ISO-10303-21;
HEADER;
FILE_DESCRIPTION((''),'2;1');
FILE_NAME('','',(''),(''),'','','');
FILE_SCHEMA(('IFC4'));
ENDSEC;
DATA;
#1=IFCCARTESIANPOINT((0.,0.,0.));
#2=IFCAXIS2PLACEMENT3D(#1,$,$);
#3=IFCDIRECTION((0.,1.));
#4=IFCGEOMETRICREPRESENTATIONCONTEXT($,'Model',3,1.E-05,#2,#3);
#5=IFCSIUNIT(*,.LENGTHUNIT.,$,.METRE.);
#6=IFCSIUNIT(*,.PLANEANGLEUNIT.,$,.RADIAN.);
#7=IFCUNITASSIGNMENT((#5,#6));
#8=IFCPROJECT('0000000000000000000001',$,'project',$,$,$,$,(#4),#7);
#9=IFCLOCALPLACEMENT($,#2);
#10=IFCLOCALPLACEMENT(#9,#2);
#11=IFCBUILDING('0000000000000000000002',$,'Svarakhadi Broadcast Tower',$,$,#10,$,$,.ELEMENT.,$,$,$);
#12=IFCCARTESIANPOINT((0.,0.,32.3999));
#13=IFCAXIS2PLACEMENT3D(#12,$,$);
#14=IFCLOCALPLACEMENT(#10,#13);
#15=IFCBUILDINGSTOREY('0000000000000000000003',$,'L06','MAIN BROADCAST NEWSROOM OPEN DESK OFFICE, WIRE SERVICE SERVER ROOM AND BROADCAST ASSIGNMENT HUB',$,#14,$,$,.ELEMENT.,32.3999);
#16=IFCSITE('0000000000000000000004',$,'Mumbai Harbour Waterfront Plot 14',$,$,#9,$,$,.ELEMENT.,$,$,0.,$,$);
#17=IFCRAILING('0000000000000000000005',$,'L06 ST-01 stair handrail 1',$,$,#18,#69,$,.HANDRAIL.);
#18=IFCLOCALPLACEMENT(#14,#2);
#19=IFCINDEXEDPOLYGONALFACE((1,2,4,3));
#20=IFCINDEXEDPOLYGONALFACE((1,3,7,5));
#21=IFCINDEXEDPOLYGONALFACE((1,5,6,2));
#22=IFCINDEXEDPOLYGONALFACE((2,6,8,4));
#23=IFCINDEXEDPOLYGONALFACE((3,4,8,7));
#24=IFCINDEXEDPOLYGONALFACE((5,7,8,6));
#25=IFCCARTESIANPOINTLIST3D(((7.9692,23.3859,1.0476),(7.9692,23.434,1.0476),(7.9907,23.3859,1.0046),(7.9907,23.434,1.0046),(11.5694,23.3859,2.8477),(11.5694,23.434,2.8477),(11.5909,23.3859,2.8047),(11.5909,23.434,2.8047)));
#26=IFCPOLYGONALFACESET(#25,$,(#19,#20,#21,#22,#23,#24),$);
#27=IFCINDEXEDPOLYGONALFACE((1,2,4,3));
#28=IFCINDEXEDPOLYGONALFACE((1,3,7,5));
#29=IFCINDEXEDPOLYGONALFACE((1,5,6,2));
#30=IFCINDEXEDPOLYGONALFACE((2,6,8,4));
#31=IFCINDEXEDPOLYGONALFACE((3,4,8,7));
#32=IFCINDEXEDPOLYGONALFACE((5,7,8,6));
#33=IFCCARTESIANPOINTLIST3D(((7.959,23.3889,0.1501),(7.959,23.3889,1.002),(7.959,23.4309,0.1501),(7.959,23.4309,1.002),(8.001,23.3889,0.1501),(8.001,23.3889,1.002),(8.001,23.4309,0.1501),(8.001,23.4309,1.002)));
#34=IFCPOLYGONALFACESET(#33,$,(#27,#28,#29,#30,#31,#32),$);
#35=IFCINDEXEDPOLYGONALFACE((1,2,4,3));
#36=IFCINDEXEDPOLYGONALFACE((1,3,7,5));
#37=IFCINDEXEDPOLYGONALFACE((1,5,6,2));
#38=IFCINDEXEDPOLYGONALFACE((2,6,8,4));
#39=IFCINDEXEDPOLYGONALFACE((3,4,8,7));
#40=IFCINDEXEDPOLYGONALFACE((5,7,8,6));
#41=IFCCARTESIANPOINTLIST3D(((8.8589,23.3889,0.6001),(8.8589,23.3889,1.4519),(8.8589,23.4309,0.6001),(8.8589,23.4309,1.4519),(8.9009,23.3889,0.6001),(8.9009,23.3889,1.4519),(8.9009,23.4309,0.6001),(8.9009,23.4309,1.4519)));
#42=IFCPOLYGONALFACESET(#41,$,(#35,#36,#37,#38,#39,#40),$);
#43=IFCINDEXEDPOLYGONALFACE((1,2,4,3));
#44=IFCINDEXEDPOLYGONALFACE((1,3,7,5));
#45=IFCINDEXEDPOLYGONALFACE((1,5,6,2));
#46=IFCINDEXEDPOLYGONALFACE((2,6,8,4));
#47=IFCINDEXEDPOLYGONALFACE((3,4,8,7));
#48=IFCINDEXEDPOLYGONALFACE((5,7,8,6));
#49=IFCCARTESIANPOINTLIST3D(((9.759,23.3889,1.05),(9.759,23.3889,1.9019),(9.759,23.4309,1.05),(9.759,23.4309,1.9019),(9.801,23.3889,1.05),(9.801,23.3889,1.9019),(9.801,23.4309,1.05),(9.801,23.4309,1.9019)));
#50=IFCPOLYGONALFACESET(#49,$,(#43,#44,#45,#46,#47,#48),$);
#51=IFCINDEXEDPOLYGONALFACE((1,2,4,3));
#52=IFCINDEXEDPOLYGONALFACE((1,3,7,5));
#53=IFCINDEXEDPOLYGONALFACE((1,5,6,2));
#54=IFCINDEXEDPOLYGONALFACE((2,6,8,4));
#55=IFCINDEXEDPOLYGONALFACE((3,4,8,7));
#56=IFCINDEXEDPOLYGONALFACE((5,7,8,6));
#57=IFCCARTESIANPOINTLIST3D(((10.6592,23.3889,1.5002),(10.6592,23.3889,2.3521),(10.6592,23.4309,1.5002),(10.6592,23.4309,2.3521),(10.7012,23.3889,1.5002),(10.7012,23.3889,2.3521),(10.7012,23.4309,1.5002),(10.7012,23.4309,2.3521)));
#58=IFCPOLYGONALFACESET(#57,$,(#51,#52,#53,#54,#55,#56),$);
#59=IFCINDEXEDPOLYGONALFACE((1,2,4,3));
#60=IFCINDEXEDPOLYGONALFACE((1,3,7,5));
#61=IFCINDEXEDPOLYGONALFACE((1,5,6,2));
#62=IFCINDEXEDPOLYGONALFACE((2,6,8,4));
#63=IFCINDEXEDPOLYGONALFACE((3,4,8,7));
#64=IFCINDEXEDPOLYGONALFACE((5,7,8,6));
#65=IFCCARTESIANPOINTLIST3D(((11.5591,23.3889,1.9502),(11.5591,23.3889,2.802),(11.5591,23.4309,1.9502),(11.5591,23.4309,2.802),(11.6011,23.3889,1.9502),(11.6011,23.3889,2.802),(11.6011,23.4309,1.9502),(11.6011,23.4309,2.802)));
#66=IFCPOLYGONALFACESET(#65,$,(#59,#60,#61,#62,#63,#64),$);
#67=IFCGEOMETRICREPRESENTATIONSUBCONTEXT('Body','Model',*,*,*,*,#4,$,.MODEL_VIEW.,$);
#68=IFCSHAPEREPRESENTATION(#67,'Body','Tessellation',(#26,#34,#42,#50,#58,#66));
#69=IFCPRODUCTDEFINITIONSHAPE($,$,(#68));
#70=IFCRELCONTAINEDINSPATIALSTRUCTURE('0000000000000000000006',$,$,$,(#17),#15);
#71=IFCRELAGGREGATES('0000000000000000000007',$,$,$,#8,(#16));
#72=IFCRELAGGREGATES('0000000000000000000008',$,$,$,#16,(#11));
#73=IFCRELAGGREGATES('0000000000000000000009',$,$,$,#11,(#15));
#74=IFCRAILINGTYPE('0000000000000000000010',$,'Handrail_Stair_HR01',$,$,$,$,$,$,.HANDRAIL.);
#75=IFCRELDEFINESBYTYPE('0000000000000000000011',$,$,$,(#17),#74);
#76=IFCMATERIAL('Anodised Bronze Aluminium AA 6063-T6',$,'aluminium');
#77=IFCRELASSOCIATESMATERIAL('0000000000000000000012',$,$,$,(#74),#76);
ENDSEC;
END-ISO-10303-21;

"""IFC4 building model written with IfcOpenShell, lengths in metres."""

from ifc_helpers import new_model, si_unit, direction, frame, origin, origin_2d, place, context, subcontext, project, spatial, rectangle, extrude, material, type_object, element, save


model = new_model("IFC4")

# Units and contexts
model_context = context("Model", 3, precision=1e-05, world=origin(), true_north=direction((0.0, 1.0)))
body_context = subcontext(model_context, "Body", "Model", "MODEL_VIEW")
ifc_project = project(units=[si_unit("LENGTHUNIT", "METRE"), si_unit("PLANEANGLEUNIT", "RADIAN")], contexts=[model_context])

# Site, building, storey
site_placement = place(None, origin())
site = spatial("IfcSite", under=ifc_project, at=site_placement, Name="Mumbai Harbour Waterfront Plot 14", CompositionType="ELEMENT", RefElevation=0.0)
building_placement = place(site_placement, origin())
building = spatial("IfcBuilding", under=site, at=building_placement, Name="Svarakhadi Broadcast Tower", CompositionType="ELEMENT")
storey_placement = place(building_placement, frame((0.0, 0.0, 32.3999)))
storey = spatial("IfcBuildingStorey", under=building, at=storey_placement, Name="L06", Description="MAIN BROADCAST NEWSROOM OPEN DESK OFFICE, WIRE SERVICE SERVER ROOM AND BROADCAST ASSIGNMENT HUB", CompositionType="ELEMENT", Elevation=32.3999)

# Railing
ifc_material_1 = material(Name="Anodised Bronze Aluminium AA 6063-T6", Category="aluminium")
railing_type = type_object("IfcRailingType", Name="Handrail_Stair_HR01", PredefinedType="HANDRAIL", material=ifc_material_1)
railing_placement = place(storey_placement, frame((7.98, 23.4099, 0.1501)))
element("IfcRailing", 1, at=railing_placement, inside=storey, type_object=railing_type, Name="L06 ST-01 stair handrail 1", PredefinedType="HANDRAIL", context=body_context, shape_type="SweptSolid", body=[
    extrude(rectangle(XDim=0.0481, YDim=0.0481, at=origin_2d()), frame((0.0, 0.0, 0.876), z_axis=(0.894427, 0.0, 0.447214), x_axis=(0.0, 1.0, 0.0)), (0.0, 0.0, 1.0), 4.0251),
    extrude(rectangle(XDim=0.042, YDim=0.042, at=origin_2d()), origin(), (0.0, 0.0, 1.0), 0.8518),
    extrude(rectangle(XDim=0.042, YDim=0.042, at=origin_2d()), frame((0.8999, 0.0, 0.45)), (0.0, 0.0, 1.0), 0.8518),
    extrude(rectangle(XDim=0.042, YDim=0.042, at=origin_2d()), frame((1.8, 0.0, 0.8999)), (0.0, 0.0, 1.0), 0.8518),
    extrude(rectangle(XDim=0.042, YDim=0.042, at=origin_2d()), frame((2.7002, 0.0, 1.3501)), (0.0, 0.0, 1.0), 0.8518),
    extrude(rectangle(XDim=0.042, YDim=0.042, at=origin_2d()), frame((3.6001, 0.0, 1.8)), (0.0, 0.0, 1.0), 0.8518),
])

save(model, "model.ifc")
